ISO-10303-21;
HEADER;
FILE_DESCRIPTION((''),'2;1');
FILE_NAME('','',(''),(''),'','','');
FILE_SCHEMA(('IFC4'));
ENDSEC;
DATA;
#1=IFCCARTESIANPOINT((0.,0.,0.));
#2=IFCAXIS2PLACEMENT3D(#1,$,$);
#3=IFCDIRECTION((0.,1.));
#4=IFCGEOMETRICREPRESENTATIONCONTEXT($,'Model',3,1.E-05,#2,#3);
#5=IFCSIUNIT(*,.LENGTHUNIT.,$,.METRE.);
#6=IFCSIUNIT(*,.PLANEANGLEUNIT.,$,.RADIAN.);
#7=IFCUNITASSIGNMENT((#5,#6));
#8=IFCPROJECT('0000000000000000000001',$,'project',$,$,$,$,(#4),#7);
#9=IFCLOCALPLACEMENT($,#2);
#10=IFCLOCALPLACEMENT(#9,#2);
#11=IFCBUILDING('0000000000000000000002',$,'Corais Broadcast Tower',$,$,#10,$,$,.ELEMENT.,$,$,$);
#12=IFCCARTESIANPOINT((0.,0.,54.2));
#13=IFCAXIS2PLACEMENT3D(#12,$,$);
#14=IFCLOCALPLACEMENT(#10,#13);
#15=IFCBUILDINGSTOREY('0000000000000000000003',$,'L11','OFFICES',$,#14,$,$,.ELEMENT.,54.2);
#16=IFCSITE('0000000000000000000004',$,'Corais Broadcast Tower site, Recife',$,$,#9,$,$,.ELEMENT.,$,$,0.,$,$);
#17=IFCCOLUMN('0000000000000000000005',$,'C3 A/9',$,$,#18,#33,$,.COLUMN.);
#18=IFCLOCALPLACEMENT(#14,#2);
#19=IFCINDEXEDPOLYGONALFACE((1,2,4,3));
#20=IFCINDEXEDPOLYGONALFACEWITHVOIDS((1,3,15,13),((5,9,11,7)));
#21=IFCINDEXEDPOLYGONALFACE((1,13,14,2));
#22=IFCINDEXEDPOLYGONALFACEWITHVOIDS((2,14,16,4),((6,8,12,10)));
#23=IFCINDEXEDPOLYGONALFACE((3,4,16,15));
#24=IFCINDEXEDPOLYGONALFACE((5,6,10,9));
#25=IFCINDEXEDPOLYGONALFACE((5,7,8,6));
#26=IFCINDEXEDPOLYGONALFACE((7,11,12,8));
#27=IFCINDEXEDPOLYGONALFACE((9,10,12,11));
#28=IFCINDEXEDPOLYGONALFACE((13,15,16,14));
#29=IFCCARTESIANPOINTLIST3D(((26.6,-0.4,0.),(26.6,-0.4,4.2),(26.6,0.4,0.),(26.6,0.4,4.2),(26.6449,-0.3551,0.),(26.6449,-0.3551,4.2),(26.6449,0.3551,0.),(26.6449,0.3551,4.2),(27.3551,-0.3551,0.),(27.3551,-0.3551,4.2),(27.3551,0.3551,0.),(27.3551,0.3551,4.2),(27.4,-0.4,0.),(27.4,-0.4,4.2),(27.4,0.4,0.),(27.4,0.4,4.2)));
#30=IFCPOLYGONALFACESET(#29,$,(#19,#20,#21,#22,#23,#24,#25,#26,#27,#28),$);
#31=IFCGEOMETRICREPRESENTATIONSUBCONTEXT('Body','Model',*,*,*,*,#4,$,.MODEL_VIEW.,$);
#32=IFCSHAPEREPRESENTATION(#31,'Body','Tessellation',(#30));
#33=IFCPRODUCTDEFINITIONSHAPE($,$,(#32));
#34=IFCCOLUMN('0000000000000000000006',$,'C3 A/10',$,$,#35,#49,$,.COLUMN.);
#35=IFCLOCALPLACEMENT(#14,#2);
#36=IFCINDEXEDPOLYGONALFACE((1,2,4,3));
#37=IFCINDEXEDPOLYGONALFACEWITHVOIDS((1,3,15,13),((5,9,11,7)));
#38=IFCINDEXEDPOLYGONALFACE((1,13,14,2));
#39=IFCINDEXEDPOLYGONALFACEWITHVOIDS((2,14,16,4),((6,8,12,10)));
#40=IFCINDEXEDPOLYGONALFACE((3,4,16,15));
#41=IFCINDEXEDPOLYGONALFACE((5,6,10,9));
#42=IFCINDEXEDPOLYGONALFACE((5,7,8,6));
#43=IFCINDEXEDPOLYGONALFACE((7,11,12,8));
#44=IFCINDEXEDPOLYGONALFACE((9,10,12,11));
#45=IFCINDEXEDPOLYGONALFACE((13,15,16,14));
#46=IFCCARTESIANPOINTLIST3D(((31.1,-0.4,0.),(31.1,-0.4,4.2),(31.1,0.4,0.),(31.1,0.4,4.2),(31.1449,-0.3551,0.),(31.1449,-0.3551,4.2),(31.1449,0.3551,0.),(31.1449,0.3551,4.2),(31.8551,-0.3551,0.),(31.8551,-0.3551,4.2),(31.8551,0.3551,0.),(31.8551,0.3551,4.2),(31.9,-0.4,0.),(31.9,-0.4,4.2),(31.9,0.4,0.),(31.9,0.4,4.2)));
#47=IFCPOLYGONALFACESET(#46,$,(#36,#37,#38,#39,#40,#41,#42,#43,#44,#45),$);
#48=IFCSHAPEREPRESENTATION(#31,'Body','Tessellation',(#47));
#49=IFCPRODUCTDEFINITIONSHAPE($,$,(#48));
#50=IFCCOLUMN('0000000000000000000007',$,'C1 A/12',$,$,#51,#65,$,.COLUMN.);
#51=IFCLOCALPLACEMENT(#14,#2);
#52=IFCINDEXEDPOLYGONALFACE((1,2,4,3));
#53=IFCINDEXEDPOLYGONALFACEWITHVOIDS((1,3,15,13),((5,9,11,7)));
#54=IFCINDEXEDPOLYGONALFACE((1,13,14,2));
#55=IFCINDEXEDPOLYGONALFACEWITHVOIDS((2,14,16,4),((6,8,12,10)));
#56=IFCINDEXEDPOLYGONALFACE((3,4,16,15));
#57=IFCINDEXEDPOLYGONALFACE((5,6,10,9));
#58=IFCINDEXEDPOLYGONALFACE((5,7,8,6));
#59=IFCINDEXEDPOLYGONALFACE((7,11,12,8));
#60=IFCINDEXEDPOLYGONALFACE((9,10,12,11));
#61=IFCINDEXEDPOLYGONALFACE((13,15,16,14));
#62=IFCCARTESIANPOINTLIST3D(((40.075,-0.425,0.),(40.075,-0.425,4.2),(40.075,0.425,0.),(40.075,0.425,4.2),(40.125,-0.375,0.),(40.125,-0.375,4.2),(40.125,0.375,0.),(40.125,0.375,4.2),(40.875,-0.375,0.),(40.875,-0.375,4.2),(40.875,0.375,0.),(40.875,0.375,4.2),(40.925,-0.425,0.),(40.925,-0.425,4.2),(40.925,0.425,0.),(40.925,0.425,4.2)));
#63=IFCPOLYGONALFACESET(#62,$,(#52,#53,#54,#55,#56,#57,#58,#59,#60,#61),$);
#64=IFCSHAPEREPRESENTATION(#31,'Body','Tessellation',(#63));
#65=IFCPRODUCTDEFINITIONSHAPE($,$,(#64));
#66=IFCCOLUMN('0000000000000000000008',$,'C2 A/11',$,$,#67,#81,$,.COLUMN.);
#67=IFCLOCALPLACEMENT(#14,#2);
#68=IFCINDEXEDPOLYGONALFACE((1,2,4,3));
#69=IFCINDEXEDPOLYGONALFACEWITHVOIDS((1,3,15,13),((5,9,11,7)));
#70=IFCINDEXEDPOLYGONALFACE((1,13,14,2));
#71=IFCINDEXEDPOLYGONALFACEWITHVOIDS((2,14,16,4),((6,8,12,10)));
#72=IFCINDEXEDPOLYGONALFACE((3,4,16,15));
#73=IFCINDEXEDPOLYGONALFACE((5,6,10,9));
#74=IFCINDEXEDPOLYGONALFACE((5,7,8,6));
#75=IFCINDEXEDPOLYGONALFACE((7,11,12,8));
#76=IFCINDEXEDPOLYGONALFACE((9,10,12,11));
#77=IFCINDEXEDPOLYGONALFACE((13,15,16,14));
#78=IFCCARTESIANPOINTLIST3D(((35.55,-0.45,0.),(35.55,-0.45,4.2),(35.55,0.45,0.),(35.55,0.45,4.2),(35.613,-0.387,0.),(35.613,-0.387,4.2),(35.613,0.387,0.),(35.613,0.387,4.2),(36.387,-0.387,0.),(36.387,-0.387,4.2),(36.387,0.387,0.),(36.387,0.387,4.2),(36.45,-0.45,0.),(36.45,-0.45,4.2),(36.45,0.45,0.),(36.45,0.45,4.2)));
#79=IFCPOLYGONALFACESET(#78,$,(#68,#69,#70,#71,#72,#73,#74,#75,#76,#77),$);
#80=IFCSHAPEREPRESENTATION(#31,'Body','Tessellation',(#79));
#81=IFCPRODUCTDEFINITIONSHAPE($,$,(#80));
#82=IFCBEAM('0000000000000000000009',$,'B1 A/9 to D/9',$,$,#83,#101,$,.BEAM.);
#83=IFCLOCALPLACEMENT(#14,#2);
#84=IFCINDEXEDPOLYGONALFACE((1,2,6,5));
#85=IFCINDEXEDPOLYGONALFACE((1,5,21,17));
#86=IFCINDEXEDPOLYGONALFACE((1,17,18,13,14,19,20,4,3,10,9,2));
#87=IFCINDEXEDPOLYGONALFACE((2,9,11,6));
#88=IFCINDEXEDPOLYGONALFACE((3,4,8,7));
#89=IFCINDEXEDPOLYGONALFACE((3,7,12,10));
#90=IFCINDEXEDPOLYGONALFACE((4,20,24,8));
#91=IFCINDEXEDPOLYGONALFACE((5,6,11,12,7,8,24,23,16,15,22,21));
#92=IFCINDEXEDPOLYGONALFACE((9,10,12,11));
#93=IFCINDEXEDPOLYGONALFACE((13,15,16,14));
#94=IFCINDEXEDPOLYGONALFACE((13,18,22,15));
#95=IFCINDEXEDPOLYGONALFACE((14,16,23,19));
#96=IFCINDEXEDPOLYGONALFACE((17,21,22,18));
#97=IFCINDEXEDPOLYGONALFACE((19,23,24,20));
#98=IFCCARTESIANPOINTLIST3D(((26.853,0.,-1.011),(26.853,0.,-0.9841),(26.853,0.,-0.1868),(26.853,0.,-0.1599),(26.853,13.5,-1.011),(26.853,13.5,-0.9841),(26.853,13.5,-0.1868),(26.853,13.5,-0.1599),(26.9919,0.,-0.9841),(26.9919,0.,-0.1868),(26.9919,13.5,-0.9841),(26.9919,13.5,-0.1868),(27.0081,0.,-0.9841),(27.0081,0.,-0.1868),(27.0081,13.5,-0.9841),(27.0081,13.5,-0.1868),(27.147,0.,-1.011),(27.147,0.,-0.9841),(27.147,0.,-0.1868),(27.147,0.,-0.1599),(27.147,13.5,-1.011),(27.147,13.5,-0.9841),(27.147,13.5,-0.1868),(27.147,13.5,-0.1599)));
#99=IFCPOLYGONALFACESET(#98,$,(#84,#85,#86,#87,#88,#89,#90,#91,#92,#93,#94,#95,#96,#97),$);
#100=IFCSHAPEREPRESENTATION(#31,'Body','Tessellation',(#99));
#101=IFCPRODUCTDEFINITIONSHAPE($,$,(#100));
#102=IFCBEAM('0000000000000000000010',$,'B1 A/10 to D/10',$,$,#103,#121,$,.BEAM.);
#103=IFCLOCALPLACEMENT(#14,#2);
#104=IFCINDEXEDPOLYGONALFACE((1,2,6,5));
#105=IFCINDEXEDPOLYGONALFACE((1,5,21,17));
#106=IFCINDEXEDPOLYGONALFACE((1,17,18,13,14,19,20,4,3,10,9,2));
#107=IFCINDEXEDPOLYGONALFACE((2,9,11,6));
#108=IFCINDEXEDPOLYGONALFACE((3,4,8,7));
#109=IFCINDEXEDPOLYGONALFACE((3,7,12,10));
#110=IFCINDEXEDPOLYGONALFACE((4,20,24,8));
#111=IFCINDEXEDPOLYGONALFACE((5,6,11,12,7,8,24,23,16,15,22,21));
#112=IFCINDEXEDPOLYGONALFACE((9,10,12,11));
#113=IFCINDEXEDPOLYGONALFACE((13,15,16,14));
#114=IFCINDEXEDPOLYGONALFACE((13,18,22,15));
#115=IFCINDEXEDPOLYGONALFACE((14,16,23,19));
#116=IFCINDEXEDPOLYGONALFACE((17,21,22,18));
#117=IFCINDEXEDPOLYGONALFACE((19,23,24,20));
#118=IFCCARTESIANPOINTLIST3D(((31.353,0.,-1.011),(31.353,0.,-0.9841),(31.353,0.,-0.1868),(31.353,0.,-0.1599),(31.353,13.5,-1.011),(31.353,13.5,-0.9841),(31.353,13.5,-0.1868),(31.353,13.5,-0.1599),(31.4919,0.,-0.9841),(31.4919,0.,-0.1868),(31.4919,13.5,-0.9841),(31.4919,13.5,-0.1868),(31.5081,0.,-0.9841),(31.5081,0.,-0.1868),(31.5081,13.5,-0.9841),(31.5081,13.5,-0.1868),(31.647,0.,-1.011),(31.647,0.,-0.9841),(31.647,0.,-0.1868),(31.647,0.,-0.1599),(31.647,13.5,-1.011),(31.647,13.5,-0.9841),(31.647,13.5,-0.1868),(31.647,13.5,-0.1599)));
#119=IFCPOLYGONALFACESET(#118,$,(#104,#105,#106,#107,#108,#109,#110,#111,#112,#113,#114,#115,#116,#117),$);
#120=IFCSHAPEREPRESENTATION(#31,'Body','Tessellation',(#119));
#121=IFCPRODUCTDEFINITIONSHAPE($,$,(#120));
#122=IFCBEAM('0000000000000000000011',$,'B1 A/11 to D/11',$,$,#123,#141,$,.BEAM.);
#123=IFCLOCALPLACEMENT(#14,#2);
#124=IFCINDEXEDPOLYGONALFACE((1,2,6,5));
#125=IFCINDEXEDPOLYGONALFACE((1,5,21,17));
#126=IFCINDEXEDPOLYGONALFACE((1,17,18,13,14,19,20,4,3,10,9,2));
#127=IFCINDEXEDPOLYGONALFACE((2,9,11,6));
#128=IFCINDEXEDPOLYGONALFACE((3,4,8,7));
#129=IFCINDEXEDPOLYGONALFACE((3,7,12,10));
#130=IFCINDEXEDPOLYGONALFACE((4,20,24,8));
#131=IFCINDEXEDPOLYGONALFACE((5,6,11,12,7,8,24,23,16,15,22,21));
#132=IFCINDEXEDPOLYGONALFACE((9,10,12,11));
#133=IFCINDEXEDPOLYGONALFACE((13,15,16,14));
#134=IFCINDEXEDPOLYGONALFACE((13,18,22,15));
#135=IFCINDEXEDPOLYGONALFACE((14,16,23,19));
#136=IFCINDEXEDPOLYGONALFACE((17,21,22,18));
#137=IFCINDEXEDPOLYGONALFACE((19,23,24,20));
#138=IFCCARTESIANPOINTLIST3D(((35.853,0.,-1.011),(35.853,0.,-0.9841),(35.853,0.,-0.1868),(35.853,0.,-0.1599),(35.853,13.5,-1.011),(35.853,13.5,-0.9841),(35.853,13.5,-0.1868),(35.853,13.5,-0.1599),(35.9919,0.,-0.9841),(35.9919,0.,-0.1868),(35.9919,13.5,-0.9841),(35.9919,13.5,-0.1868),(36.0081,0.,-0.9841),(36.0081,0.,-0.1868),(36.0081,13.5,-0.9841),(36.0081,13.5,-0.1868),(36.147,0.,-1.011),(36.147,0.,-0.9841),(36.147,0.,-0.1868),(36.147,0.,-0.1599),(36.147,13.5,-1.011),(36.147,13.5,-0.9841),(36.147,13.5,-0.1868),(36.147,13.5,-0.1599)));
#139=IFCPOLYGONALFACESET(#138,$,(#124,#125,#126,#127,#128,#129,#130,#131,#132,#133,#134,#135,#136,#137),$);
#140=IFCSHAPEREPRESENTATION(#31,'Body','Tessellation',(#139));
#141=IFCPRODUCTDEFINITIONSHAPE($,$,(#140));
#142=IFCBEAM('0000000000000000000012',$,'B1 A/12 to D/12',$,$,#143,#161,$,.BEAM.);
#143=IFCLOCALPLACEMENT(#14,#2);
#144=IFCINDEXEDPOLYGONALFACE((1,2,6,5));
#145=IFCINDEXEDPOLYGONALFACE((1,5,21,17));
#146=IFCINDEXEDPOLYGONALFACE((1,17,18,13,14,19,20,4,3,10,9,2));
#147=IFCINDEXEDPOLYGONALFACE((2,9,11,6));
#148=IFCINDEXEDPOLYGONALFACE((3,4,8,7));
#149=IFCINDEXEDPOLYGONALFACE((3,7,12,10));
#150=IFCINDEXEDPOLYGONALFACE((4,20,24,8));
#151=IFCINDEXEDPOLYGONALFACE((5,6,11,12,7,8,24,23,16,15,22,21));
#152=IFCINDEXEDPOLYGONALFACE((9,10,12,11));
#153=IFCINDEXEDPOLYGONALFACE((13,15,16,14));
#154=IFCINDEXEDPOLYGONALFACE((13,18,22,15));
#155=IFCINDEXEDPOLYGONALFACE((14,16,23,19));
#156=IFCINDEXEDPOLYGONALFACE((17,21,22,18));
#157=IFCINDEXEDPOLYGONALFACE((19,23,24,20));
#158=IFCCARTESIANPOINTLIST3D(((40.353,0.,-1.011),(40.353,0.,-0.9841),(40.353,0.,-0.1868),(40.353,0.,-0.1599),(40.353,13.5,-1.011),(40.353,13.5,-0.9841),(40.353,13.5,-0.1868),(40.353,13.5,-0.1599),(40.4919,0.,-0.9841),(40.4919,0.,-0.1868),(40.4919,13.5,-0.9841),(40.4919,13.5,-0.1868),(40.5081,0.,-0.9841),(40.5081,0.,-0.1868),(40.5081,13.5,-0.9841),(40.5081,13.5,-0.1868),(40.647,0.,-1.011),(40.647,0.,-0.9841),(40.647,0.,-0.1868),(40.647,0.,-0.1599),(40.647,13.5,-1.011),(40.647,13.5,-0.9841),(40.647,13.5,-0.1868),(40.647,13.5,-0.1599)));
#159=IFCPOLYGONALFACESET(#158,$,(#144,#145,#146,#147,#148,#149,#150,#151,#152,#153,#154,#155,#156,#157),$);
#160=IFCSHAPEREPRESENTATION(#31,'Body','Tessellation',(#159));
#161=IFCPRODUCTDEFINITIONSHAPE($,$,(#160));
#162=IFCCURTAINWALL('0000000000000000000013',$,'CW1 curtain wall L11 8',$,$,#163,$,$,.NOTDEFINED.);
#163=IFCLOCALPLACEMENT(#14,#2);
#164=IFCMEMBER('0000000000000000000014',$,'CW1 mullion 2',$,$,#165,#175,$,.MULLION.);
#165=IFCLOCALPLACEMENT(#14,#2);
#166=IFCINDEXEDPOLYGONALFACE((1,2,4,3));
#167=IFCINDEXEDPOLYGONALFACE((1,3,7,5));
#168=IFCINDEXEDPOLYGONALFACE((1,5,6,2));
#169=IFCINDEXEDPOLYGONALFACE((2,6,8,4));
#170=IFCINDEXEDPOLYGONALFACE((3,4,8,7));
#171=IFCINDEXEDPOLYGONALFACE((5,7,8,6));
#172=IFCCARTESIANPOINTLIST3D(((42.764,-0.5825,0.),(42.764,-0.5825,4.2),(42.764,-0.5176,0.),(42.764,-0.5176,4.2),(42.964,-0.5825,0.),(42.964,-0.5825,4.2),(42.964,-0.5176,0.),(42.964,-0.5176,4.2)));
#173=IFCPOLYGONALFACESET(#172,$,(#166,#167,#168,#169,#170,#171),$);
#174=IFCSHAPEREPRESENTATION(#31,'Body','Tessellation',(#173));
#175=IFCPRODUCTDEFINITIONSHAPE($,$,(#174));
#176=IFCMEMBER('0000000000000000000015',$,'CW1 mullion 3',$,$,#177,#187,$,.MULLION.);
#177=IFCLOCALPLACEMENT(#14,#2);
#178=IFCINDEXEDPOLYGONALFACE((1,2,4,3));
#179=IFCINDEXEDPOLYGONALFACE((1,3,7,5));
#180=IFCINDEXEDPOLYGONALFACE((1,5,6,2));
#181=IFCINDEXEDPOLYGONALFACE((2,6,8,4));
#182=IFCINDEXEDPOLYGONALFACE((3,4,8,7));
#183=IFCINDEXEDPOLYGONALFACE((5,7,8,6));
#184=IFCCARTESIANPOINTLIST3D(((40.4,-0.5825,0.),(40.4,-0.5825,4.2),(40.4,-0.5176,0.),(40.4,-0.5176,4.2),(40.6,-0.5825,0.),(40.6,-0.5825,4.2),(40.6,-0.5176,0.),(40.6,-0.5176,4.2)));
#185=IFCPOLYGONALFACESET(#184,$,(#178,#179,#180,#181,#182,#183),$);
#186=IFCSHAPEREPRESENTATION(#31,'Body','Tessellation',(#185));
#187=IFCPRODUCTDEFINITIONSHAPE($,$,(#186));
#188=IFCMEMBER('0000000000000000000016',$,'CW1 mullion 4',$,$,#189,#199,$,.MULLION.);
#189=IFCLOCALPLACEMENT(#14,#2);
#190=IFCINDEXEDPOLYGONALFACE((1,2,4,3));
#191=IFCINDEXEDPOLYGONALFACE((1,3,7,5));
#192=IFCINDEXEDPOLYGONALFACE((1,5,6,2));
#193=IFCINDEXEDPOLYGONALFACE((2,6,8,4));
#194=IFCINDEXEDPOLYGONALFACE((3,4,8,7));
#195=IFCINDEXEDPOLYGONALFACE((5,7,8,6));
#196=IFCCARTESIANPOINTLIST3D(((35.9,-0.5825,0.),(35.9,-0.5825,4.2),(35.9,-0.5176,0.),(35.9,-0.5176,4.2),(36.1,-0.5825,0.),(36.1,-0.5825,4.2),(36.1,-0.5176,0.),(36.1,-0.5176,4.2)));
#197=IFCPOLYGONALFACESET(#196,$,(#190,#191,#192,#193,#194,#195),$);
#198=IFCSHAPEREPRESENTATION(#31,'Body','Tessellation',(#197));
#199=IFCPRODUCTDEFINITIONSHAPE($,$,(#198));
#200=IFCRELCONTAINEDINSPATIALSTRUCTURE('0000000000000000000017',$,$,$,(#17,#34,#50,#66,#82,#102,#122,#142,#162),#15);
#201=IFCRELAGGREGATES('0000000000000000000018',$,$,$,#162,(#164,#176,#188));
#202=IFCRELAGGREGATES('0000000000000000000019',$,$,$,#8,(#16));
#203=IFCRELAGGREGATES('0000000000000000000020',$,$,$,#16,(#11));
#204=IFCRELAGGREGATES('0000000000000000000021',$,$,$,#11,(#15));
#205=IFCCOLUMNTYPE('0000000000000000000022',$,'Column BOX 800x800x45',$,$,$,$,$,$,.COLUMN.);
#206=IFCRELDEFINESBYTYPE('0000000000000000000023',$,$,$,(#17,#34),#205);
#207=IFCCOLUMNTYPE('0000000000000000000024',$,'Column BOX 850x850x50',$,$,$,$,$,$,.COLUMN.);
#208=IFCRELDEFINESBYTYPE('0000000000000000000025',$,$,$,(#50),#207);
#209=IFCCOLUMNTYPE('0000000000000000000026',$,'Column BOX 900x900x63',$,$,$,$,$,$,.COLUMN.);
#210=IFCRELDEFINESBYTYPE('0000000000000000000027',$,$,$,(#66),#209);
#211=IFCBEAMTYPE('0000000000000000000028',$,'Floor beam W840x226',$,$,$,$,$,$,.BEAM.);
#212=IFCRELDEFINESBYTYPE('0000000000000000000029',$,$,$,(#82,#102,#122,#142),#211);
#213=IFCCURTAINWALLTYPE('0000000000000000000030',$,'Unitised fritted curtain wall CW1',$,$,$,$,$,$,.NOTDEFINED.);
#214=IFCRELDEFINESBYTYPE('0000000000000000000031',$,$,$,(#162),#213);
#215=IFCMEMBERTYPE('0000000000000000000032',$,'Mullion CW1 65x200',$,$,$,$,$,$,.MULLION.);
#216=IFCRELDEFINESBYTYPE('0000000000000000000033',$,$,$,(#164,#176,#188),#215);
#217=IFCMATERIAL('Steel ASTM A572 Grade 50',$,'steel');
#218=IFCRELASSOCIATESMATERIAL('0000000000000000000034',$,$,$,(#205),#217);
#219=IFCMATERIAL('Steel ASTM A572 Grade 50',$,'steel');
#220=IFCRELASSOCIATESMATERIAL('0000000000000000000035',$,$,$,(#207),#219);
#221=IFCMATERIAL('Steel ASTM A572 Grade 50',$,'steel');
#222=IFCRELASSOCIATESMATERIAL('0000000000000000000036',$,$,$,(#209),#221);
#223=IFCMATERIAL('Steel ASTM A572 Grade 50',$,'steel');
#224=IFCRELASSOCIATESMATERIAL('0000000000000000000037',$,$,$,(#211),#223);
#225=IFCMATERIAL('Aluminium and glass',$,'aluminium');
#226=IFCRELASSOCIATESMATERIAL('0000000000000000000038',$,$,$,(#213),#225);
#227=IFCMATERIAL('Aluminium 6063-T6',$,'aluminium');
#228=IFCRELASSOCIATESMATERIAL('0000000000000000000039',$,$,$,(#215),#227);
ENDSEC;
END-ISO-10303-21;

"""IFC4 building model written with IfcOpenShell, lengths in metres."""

from ifc_helpers import new_model, si_unit, direction, frame, origin, origin_2d, place, context, subcontext, project, spatial, rectangle, hollow_rectangle, i_section, extrude, material, material_profile, profile_set, type_object, element, aggregate, save


model = new_model("IFC4")

# Units and contexts
model_context = context("Model", 3, precision=1e-05, world=origin(), true_north=direction((0.0, 1.0)))
body_context = subcontext(model_context, "Body", "Model", "MODEL_VIEW")
ifc_project = project(units=[si_unit("LENGTHUNIT", "METRE"), si_unit("PLANEANGLEUNIT", "RADIAN")], contexts=[model_context])

# Site, building, storey
site_placement = place(None, origin())
site = spatial("IfcSite", under=ifc_project, at=site_placement, Name="Corais Broadcast Tower site, Recife", CompositionType="ELEMENT", RefElevation=0.0)
building_placement = place(site_placement, origin())
building = spatial("IfcBuilding", under=site, at=building_placement, Name="Corais Broadcast Tower", CompositionType="ELEMENT")
storey_placement = place(building_placement, frame((0.0, 0.0, 54.2)))
storey = spatial("IfcBuildingStorey", under=building, at=storey_placement, Name="L11", Description="OFFICES", CompositionType="ELEMENT", Elevation=54.2)

# Columns
ifc_material_1 = material(Name="Steel ASTM A572 Grade 50", Category="steel")
ifc_material_profile_1 = material_profile(ifc_material_1, hollow_rectangle(XDim=0.8, YDim=0.8, WallThickness=0.0449, at=origin_2d()), Name="BOX 800x800x45")
ifc_profile_set_1 = profile_set([ifc_material_profile_1], Name="Steel ASTM A572 Grade 50")
column_type_1 = type_object("IfcColumnType", Name="Column BOX 800x800x45", PredefinedType="COLUMN", material=ifc_profile_set_1)
for number, where, z_axis, x_axis, name in (
    (1, (27.0, 0.0, 0.0), (0.0, 0.0, 1.0), (1.0, 0.0, 0.0), "C3 A/9"),
    (2, (31.5, 0.0, 0.0), (0.0, 0.0, 1.0), (1.0, 0.0, 0.0), "C3 A/10"),
):
    element("IfcColumn", number, at=place(storey_placement, frame(where, z_axis=z_axis, x_axis=x_axis)), inside=storey, type_object=column_type_1, Name=name, PredefinedType="COLUMN", context=body_context, shape_type="SweptSolid", body=[
        extrude(hollow_rectangle(XDim=0.8, YDim=0.8, WallThickness=0.0449, at=origin_2d()), origin(), (0.0, 0.0, 1.0), 4.2),
    ])
ifc_material_2 = material(Name="Steel ASTM A572 Grade 50", Category="steel")
ifc_material_profile_2 = material_profile(ifc_material_2, hollow_rectangle(XDim=0.8501, YDim=0.8501, WallThickness=0.05, at=origin_2d()), Name="BOX 850x850x50")
ifc_profile_set_2 = profile_set([ifc_material_profile_2], Name="Steel ASTM A572 Grade 50")
column_type_2 = type_object("IfcColumnType", Name="Column BOX 850x850x50", PredefinedType="COLUMN", material=ifc_profile_set_2)
column_1_placement = place(storey_placement, frame((40.5, 0.0, 0.0), z_axis=(0.0, 0.0, 1.0), x_axis=(1.0, 0.0, 0.0)))
element("IfcColumn", 3, at=column_1_placement, inside=storey, type_object=column_type_2, Name="C1 A/12", PredefinedType="COLUMN", context=body_context, shape_type="SweptSolid", body=[
    extrude(hollow_rectangle(XDim=0.8501, YDim=0.8501, WallThickness=0.05, at=origin_2d()), origin(), (0.0, 0.0, 1.0), 4.2),
])
ifc_material_3 = material(Name="Steel ASTM A572 Grade 50", Category="steel")
ifc_material_profile_3 = material_profile(ifc_material_3, hollow_rectangle(XDim=0.8999, YDim=0.8999, WallThickness=0.063, at=origin_2d()), Name="BOX 900x900x63")
ifc_profile_set_3 = profile_set([ifc_material_profile_3], Name="Steel ASTM A572 Grade 50")
column_type_3 = type_object("IfcColumnType", Name="Column BOX 900x900x63", PredefinedType="COLUMN", material=ifc_profile_set_3)
column_2_placement = place(storey_placement, frame((36.0, 0.0, 0.0), z_axis=(0.0, 0.0, 1.0), x_axis=(1.0, 0.0, 0.0)))
element("IfcColumn", 4, at=column_2_placement, inside=storey, type_object=column_type_3, Name="C2 A/11", PredefinedType="COLUMN", context=body_context, shape_type="SweptSolid", body=[
    extrude(hollow_rectangle(XDim=0.8999, YDim=0.8999, WallThickness=0.063, at=origin_2d()), origin(), (0.0, 0.0, 1.0), 4.2),
])

# Beams
ifc_material_4 = material(Name="Steel ASTM A572 Grade 50", Category="steel")
ifc_material_profile_4 = material_profile(ifc_material_4, i_section(OverallWidth=0.2939, OverallDepth=0.8511, WebThickness=0.0161, FlangeThickness=0.0269, at=origin_2d()), Name="W840x226")
ifc_profile_set_4 = profile_set([ifc_material_profile_4], Name="Steel ASTM A572 Grade 50")
beam_type_1 = type_object("IfcBeamType", Name="Floor beam W840x226", PredefinedType="BEAM", material=ifc_profile_set_4)
for number, where, z_axis, x_axis, name in (
    (5, (27.0, 0.0, -0.5854), (0.0, 1.0, 0.0), (-1.0, 0.0, 0.0), "B1 A/9 to D/9"),
    (6, (31.5, 0.0, -0.5854), (0.0, 1.0, 0.0), (-1.0, 0.0, 0.0), "B1 A/10 to D/10"),
    (7, (36.0, 0.0, -0.5854), (0.0, 1.0, 0.0), (-1.0, 0.0, 0.0), "B1 A/11 to D/11"),
    (8, (40.5, 0.0, -0.5854), (0.0, 1.0, 0.0), (-1.0, 0.0, 0.0), "B1 A/12 to D/12"),
):
    element("IfcBeam", number, at=place(storey_placement, frame(where, z_axis=z_axis, x_axis=x_axis)), inside=storey, type_object=beam_type_1, Name=name, PredefinedType="BEAM", context=body_context, shape_type="SweptSolid", body=[
        extrude(i_section(OverallWidth=0.2939, OverallDepth=0.8511, WebThickness=0.0161, FlangeThickness=0.0269, at=origin_2d()), origin(), (0.0, 0.0, 1.0), 13.5),
    ])

# Curtain wall, members
ifc_material_5 = material(Name="Aluminium and glass", Category="aluminium")
curtain_wall_type = type_object("IfcCurtainWallType", Name="Unitised fritted curtain wall CW1", PredefinedType="NOTDEFINED", material=ifc_material_5)
curtain_wall_placement = place(storey_placement, origin())
curtain_wall = element("IfcCurtainWall", 9, at=curtain_wall_placement, inside=storey, type_object=curtain_wall_type, Name="CW1 curtain wall L11 8", PredefinedType="NOTDEFINED")
ifc_material_6 = material(Name="Aluminium 6063-T6", Category="aluminium")
ifc_material_profile_5 = material_profile(ifc_material_6, rectangle(XDim=0.0649, YDim=0.2, at=origin_2d()), Name="Mullion CW1 65x200")
ifc_profile_set_5 = profile_set([ifc_material_profile_5], Name="Aluminium 6063-T6")
member_type_1 = type_object("IfcMemberType", Name="Mullion CW1 65x200", PredefinedType="MULLION", material=ifc_profile_set_5)
member_1_placement = place(storey_placement, frame((42.864, -0.55, 0.0), z_axis=(0.0, 0.0, 1.0), x_axis=(0.0, -1.0, 0.0)))
member_1 = element("IfcMember", 10, at=member_1_placement, type_object=member_type_1, Name="CW1 mullion 2", PredefinedType="MULLION", context=body_context, shape_type="SweptSolid", body=[
    extrude(rectangle(XDim=0.0649, YDim=0.2, at=origin_2d()), origin(), (0.0, 0.0, 1.0), 4.2),
])
member_2_placement = place(storey_placement, frame((40.5, -0.55, 0.0), z_axis=(0.0, 0.0, 1.0), x_axis=(0.0, -1.0, 0.0)))
member_2 = element("IfcMember", 11, at=member_2_placement, type_object=member_type_1, Name="CW1 mullion 3", PredefinedType="MULLION", context=body_context, shape_type="SweptSolid", body=[
    extrude(rectangle(XDim=0.0649, YDim=0.2, at=origin_2d()), origin(), (0.0, 0.0, 1.0), 4.2),
])
member_3_placement = place(storey_placement, frame((36.0, -0.55, 0.0), z_axis=(0.0, 0.0, 1.0), x_axis=(0.0, -1.0, 0.0)))
member_3 = element("IfcMember", 12, at=member_3_placement, type_object=member_type_1, Name="CW1 mullion 4", PredefinedType="MULLION", context=body_context, shape_type="SweptSolid", body=[
    extrude(rectangle(XDim=0.0649, YDim=0.2, at=origin_2d()), origin(), (0.0, 0.0, 1.0), 4.2),
])

aggregate(curtain_wall, [member_1, member_2, member_3])

save(model, "model.ifc")
